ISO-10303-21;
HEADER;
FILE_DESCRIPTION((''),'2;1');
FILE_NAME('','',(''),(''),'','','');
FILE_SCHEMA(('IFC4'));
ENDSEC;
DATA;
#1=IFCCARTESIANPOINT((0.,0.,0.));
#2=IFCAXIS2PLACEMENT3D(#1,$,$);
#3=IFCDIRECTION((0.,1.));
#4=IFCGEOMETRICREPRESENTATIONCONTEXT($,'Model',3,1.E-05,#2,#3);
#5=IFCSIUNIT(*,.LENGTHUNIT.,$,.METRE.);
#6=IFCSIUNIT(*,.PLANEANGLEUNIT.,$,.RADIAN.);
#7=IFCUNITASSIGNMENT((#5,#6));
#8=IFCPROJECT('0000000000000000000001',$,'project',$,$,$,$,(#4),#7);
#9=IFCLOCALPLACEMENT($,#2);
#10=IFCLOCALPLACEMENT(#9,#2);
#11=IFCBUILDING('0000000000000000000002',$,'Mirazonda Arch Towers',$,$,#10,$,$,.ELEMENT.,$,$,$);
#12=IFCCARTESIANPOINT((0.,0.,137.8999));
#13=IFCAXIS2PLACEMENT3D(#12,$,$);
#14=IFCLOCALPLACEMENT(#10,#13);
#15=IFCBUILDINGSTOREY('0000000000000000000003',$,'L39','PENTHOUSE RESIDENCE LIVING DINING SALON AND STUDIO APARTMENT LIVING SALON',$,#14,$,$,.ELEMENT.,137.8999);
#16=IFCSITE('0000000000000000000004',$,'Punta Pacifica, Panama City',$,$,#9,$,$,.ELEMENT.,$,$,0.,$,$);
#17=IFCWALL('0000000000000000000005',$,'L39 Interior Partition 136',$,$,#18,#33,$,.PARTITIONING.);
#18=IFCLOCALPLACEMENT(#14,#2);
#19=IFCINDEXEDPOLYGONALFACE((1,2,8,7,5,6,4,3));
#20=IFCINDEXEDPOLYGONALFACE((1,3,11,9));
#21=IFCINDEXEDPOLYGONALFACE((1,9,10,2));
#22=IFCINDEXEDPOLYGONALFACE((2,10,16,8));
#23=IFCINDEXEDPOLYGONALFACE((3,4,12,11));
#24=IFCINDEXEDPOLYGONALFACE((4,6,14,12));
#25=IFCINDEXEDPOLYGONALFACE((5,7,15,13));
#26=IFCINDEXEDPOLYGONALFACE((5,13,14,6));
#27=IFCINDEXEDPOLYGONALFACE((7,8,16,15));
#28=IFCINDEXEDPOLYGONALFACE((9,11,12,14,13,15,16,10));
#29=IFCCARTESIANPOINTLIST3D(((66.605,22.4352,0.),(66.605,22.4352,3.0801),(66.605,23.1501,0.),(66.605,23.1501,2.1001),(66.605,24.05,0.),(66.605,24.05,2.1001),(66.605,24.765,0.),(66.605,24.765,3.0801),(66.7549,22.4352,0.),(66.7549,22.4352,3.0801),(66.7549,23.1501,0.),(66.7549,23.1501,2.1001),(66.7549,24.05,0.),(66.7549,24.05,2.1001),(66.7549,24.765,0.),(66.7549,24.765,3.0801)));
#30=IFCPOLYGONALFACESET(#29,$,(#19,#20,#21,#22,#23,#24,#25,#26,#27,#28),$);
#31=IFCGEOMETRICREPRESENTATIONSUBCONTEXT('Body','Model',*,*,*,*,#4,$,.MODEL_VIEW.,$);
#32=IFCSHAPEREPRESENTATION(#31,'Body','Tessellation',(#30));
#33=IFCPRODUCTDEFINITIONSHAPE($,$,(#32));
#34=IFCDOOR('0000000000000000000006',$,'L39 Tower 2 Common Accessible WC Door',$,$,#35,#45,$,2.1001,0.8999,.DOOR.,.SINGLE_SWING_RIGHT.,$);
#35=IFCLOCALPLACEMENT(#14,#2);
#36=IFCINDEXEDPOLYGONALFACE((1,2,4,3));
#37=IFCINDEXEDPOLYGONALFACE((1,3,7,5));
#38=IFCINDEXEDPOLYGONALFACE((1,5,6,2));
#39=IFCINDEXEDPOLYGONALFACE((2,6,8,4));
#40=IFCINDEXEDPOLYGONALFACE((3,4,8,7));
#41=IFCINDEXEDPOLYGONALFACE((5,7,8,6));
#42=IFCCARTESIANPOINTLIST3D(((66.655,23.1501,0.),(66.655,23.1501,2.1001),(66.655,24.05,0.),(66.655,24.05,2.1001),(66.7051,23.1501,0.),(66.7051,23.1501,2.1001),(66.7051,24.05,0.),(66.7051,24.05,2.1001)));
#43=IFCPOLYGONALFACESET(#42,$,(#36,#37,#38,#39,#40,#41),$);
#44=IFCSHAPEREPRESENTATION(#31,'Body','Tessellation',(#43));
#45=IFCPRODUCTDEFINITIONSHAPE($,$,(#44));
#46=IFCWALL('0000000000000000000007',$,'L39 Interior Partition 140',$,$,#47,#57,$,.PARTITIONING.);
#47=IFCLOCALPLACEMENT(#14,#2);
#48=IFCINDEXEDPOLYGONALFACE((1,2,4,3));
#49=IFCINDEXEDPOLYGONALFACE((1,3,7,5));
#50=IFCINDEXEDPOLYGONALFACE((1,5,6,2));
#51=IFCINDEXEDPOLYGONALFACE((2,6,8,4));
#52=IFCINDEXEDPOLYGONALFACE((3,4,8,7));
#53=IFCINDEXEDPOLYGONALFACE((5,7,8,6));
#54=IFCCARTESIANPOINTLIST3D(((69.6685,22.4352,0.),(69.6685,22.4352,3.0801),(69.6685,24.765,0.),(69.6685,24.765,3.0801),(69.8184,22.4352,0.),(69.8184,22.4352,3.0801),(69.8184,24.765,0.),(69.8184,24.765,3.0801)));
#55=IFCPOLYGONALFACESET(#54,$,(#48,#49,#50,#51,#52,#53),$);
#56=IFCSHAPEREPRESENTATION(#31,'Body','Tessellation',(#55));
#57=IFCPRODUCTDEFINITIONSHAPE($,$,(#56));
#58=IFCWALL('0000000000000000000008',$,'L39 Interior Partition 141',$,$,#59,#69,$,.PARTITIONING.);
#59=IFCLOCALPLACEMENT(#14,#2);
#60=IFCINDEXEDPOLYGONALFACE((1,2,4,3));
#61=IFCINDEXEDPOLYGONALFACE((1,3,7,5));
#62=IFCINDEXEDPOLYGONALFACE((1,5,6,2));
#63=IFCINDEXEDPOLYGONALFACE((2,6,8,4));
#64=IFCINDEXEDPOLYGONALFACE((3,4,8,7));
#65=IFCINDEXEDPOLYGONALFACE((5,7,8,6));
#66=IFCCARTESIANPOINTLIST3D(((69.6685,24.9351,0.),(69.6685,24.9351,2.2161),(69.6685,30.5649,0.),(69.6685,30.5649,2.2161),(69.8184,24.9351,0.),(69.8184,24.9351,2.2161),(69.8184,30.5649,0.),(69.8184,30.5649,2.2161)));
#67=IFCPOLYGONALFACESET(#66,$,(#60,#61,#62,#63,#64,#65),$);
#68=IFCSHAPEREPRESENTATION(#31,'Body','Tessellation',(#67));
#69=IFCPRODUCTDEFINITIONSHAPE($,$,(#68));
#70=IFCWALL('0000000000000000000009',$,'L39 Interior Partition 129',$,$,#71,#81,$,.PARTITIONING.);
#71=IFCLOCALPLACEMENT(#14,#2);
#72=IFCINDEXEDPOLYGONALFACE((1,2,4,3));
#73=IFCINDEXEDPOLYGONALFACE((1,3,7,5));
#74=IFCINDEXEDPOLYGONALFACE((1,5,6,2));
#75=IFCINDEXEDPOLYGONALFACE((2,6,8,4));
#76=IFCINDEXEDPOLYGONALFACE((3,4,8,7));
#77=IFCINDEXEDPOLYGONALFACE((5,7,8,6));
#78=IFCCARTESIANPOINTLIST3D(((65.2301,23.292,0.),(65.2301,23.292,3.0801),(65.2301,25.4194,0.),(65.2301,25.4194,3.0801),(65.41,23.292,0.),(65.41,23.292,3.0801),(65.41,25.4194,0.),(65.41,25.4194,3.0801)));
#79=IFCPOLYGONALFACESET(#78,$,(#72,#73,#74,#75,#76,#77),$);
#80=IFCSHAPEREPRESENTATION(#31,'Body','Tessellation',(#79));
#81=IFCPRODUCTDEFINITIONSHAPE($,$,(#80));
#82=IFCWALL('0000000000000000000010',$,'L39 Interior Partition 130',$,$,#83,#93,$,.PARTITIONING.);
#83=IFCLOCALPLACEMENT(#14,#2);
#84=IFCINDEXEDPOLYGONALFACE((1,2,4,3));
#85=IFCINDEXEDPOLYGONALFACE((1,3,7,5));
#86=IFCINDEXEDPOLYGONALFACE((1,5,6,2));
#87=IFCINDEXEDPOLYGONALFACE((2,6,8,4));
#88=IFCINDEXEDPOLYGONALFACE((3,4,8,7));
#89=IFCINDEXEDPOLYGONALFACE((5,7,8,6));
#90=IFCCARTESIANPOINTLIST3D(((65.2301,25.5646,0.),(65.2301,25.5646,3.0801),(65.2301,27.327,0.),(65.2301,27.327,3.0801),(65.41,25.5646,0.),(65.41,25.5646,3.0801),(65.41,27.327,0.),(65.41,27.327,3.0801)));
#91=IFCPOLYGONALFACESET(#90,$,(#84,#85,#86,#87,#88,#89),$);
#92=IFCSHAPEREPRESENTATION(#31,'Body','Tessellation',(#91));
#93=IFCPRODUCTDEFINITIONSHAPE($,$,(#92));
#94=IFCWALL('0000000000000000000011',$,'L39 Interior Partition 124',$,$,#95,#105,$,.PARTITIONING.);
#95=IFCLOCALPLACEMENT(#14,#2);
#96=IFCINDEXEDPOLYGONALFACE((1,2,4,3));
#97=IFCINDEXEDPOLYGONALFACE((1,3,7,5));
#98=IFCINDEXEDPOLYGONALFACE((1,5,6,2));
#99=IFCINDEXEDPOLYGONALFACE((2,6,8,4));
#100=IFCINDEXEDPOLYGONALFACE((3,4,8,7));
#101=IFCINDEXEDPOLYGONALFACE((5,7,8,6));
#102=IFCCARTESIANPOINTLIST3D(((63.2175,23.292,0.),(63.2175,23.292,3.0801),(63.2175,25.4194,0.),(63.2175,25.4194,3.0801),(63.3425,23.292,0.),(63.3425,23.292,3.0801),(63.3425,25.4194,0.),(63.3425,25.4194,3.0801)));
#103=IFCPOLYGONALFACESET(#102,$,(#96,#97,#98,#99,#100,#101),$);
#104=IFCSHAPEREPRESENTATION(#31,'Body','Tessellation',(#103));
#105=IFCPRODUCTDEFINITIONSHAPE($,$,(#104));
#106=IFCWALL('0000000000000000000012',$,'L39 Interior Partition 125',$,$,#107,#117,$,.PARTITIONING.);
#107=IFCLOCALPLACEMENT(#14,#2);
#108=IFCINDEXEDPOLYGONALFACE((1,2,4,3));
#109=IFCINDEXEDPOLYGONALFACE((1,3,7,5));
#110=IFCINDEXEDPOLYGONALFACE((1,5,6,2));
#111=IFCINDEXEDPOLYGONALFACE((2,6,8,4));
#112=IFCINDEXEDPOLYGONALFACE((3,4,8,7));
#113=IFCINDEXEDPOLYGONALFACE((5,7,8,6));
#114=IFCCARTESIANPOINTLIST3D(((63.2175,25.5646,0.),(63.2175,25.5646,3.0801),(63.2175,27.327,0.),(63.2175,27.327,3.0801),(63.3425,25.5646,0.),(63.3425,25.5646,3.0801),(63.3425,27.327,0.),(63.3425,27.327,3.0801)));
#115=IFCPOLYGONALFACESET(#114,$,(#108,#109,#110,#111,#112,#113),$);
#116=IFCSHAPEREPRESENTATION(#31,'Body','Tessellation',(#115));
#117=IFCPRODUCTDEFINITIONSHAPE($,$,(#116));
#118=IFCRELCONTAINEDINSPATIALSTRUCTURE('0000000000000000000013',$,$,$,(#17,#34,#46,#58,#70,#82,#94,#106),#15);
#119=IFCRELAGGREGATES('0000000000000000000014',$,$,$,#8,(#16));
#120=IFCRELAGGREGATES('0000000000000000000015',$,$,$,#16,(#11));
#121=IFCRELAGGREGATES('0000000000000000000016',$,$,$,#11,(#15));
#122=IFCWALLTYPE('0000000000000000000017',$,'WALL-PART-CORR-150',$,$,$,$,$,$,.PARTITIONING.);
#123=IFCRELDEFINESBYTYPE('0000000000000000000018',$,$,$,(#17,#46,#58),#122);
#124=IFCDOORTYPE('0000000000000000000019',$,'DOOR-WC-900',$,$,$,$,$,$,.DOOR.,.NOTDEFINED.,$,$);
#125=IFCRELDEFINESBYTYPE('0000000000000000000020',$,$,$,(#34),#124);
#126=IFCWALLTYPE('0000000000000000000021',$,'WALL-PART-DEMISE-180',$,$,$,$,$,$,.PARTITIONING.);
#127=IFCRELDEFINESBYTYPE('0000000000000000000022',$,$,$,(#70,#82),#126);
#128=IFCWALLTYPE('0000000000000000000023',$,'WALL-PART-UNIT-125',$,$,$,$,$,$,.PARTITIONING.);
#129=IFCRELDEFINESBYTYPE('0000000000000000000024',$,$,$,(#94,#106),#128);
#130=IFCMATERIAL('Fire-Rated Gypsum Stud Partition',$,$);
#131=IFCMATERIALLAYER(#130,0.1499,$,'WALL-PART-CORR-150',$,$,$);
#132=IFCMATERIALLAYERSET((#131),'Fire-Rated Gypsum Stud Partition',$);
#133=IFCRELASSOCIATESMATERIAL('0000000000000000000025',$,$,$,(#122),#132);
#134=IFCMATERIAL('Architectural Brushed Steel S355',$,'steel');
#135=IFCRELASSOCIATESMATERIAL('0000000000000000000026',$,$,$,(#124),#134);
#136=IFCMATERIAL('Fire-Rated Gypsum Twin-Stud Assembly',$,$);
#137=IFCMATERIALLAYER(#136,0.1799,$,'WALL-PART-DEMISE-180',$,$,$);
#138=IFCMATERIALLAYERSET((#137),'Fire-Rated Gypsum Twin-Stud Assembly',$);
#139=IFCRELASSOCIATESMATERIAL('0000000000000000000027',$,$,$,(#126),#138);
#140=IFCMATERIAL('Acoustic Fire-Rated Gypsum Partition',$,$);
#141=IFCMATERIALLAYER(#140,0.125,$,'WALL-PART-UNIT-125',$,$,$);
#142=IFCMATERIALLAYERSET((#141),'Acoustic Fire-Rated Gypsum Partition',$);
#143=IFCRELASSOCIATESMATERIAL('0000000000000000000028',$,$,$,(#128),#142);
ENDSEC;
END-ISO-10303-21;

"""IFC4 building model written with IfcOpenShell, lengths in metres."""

from ifc_helpers import new_model, si_unit, direction, frame, frame_2d, origin, place, context, subcontext, project, spatial, rectangle, extrude, material, layer, layer_set, type_object, element, fill, save


model = new_model("IFC4")

# Units and contexts
model_context = context("Model", 3, precision=1e-05, world=origin(), true_north=direction((0.0, 1.0)))
body_context = subcontext(model_context, "Body", "Model", "MODEL_VIEW")
ifc_project = project(units=[si_unit("LENGTHUNIT", "METRE"), si_unit("PLANEANGLEUNIT", "RADIAN")], contexts=[model_context])

# Site, building, storey
site_placement = place(None, origin())
site = spatial("IfcSite", under=ifc_project, at=site_placement, Name="Punta Pacifica, Panama City", CompositionType="ELEMENT", RefElevation=0.0)
building_placement = place(site_placement, origin())
building = spatial("IfcBuilding", under=site, at=building_placement, Name="Mirazonda Arch Towers", CompositionType="ELEMENT")
storey_placement = place(building_placement, frame((0.0, 0.0, 137.8999)))
storey = spatial("IfcBuildingStorey", under=building, at=storey_placement, Name="L39", Description="PENTHOUSE RESIDENCE LIVING DINING SALON AND STUDIO APARTMENT LIVING SALON", CompositionType="ELEMENT", Elevation=137.8999)

# Shared definitions
ifc_material_1 = material(Name="Architectural Brushed Steel S355", Category="steel")

# Shared definitions
ifc_material_2 = material(Name="Fire-Rated Gypsum Stud Partition")
ifc_layer_1 = layer(ifc_material_2, 0.1499, Name="WALL-PART-CORR-150")
ifc_layer_set_1 = layer_set([ifc_layer_1], Name="Fire-Rated Gypsum Stud Partition")
wall_type_1 = type_object("IfcWallType", Name="WALL-PART-CORR-150", PredefinedType="PARTITIONING", material=ifc_layer_set_1)

# Wall, opening, door
wall_1_placement = place(storey_placement, frame((66.6799, 22.4351, 0.0), z_axis=(0.0, 0.0, 1.0), x_axis=(0.0, 1.0, 0.0)))
wall_1 = element("IfcWall", 1, at=wall_1_placement, inside=storey, type_object=wall_type_1, Name="L39 Interior Partition 136", PredefinedType="PARTITIONING", context=body_context, shape_type="SweptSolid", body=[
    extrude(rectangle(XDim=2.3298, YDim=0.1499, at=frame_2d((1.165, 0.0))), origin(), (0.0, 0.0, 1.0), 3.0801),
])
opening_1_placement = place(wall_1_placement, frame((0.7151, 0.0, 0.0)))
opening_1 = element("IfcOpeningElement", 2, at=opening_1_placement, cuts=wall_1, PredefinedType="OPENING", context=body_context, shape_type="SweptSolid", body=[
    extrude(rectangle(XDim=0.8999, YDim=2.1001, at=frame_2d((0.45, 1.05))), frame((0.0, 0.085, 0.0), z_axis=(0.0, -1.0, 0.0), x_axis=(1.0, 0.0, 0.0)), (0.0, 0.0, 1.0), 0.1699),
])
door_type_1 = type_object("IfcDoorType", Name="DOOR-WC-900", OperationType="NOTDEFINED", PredefinedType="DOOR", material=ifc_material_1)
door_1_placement = place(opening_1_placement, origin())
door_1 = element("IfcDoor", 3, at=door_1_placement, inside=storey, type_object=door_type_1, Name="L39 Tower 2 Common Accessible WC Door", OperationType="SINGLE_SWING_RIGHT", OverallHeight=2.1001, OverallWidth=0.8999, PredefinedType="DOOR", context=body_context, shape_type="SweptSolid", body=[
    extrude(rectangle(XDim=0.8999, YDim=2.1001, at=frame_2d((0.45, 1.05))), frame((0.0, 0.0249, 0.0), z_axis=(0.0, -1.0, 0.0), x_axis=(1.0, 0.0, 0.0)), (0.0, 0.0, 1.0), 0.05),
])
fill(opening_1, door_1)

# Walls
wall_2_placement = place(storey_placement, frame((69.7434, 22.4351, 0.0), z_axis=(0.0, 0.0, 1.0), x_axis=(0.0, 1.0, 0.0)))
element("IfcWall", 4, at=wall_2_placement, inside=storey, type_object=wall_type_1, Name="L39 Interior Partition 140", PredefinedType="PARTITIONING", context=body_context, shape_type="SweptSolid", body=[
    extrude(rectangle(XDim=2.3298, YDim=0.1499, at=frame_2d((1.165, 0.0))), origin(), (0.0, 0.0, 1.0), 3.0801),
])
wall_3_placement = place(storey_placement, frame((69.7434, 24.9351, 0.0), z_axis=(0.0, 0.0, 1.0), x_axis=(0.0, 1.0, 0.0)))
element("IfcWall", 5, at=wall_3_placement, inside=storey, type_object=wall_type_1, Name="L39 Interior Partition 141", PredefinedType="PARTITIONING", context=body_context, shape_type="SweptSolid", body=[
    extrude(rectangle(XDim=5.6299, YDim=0.1499, at=frame_2d((2.8149, 0.0))), origin(), (0.0, 0.0, 1.0), 2.2161),
])
ifc_material_3 = material(Name="Fire-Rated Gypsum Twin-Stud Assembly")
ifc_layer_2 = layer(ifc_material_3, 0.1799, Name="WALL-PART-DEMISE-180")
ifc_layer_set_2 = layer_set([ifc_layer_2], Name="Fire-Rated Gypsum Twin-Stud Assembly")
wall_type_2 = type_object("IfcWallType", Name="WALL-PART-DEMISE-180", PredefinedType="PARTITIONING", material=ifc_layer_set_2)
wall_4_placement = place(storey_placement, frame((65.3201, 23.292, 0.0), z_axis=(0.0, 0.0, 1.0), x_axis=(0.0, 1.0, 0.0)))
element("IfcWall", 6, at=wall_4_placement, inside=storey, type_object=wall_type_2, Name="L39 Interior Partition 129", PredefinedType="PARTITIONING", context=body_context, shape_type="SweptSolid", body=[
    extrude(rectangle(XDim=2.1274, YDim=0.1799, at=frame_2d((1.0637, 0.0))), origin(), (0.0, 0.0, 1.0), 3.0801),
])
wall_5_placement = place(storey_placement, frame((65.3201, 25.5645, 0.0), z_axis=(0.0, 0.0, 1.0), x_axis=(0.0, 1.0, 0.0)))
element("IfcWall", 7, at=wall_5_placement, inside=storey, type_object=wall_type_2, Name="L39 Interior Partition 130", PredefinedType="PARTITIONING", context=body_context, shape_type="SweptSolid", body=[
    extrude(rectangle(XDim=1.7625, YDim=0.1799, at=frame_2d((0.8813, 0.0))), origin(), (0.0, 0.0, 1.0), 3.0801),
])
ifc_material_4 = material(Name="Acoustic Fire-Rated Gypsum Partition")
ifc_layer_3 = layer(ifc_material_4, 0.125, Name="WALL-PART-UNIT-125")
ifc_layer_set_3 = layer_set([ifc_layer_3], Name="Acoustic Fire-Rated Gypsum Partition")
wall_type_3 = type_object("IfcWallType", Name="WALL-PART-UNIT-125", PredefinedType="PARTITIONING", material=ifc_layer_set_3)
wall_6_placement = place(storey_placement, frame((63.28, 23.292, 0.0), z_axis=(0.0, 0.0, 1.0), x_axis=(0.0, 1.0, 0.0)))
element("IfcWall", 8, at=wall_6_placement, inside=storey, type_object=wall_type_3, Name="L39 Interior Partition 124", PredefinedType="PARTITIONING", context=body_context, shape_type="SweptSolid", body=[
    extrude(rectangle(XDim=2.1274, YDim=0.125, at=frame_2d((1.0637, 0.0))), origin(), (0.0, 0.0, 1.0), 3.0801),
])
wall_7_placement = place(storey_placement, frame((63.28, 25.5645, 0.0), z_axis=(0.0, 0.0, 1.0), x_axis=(0.0, 1.0, 0.0)))
element("IfcWall", 9, at=wall_7_placement, inside=storey, type_object=wall_type_3, Name="L39 Interior Partition 125", PredefinedType="PARTITIONING", context=body_context, shape_type="SweptSolid", body=[
    extrude(rectangle(XDim=1.7625, YDim=0.125, at=frame_2d((0.8813, 0.0))), origin(), (0.0, 0.0, 1.0), 3.0801),
])

save(model, "model.ifc")
